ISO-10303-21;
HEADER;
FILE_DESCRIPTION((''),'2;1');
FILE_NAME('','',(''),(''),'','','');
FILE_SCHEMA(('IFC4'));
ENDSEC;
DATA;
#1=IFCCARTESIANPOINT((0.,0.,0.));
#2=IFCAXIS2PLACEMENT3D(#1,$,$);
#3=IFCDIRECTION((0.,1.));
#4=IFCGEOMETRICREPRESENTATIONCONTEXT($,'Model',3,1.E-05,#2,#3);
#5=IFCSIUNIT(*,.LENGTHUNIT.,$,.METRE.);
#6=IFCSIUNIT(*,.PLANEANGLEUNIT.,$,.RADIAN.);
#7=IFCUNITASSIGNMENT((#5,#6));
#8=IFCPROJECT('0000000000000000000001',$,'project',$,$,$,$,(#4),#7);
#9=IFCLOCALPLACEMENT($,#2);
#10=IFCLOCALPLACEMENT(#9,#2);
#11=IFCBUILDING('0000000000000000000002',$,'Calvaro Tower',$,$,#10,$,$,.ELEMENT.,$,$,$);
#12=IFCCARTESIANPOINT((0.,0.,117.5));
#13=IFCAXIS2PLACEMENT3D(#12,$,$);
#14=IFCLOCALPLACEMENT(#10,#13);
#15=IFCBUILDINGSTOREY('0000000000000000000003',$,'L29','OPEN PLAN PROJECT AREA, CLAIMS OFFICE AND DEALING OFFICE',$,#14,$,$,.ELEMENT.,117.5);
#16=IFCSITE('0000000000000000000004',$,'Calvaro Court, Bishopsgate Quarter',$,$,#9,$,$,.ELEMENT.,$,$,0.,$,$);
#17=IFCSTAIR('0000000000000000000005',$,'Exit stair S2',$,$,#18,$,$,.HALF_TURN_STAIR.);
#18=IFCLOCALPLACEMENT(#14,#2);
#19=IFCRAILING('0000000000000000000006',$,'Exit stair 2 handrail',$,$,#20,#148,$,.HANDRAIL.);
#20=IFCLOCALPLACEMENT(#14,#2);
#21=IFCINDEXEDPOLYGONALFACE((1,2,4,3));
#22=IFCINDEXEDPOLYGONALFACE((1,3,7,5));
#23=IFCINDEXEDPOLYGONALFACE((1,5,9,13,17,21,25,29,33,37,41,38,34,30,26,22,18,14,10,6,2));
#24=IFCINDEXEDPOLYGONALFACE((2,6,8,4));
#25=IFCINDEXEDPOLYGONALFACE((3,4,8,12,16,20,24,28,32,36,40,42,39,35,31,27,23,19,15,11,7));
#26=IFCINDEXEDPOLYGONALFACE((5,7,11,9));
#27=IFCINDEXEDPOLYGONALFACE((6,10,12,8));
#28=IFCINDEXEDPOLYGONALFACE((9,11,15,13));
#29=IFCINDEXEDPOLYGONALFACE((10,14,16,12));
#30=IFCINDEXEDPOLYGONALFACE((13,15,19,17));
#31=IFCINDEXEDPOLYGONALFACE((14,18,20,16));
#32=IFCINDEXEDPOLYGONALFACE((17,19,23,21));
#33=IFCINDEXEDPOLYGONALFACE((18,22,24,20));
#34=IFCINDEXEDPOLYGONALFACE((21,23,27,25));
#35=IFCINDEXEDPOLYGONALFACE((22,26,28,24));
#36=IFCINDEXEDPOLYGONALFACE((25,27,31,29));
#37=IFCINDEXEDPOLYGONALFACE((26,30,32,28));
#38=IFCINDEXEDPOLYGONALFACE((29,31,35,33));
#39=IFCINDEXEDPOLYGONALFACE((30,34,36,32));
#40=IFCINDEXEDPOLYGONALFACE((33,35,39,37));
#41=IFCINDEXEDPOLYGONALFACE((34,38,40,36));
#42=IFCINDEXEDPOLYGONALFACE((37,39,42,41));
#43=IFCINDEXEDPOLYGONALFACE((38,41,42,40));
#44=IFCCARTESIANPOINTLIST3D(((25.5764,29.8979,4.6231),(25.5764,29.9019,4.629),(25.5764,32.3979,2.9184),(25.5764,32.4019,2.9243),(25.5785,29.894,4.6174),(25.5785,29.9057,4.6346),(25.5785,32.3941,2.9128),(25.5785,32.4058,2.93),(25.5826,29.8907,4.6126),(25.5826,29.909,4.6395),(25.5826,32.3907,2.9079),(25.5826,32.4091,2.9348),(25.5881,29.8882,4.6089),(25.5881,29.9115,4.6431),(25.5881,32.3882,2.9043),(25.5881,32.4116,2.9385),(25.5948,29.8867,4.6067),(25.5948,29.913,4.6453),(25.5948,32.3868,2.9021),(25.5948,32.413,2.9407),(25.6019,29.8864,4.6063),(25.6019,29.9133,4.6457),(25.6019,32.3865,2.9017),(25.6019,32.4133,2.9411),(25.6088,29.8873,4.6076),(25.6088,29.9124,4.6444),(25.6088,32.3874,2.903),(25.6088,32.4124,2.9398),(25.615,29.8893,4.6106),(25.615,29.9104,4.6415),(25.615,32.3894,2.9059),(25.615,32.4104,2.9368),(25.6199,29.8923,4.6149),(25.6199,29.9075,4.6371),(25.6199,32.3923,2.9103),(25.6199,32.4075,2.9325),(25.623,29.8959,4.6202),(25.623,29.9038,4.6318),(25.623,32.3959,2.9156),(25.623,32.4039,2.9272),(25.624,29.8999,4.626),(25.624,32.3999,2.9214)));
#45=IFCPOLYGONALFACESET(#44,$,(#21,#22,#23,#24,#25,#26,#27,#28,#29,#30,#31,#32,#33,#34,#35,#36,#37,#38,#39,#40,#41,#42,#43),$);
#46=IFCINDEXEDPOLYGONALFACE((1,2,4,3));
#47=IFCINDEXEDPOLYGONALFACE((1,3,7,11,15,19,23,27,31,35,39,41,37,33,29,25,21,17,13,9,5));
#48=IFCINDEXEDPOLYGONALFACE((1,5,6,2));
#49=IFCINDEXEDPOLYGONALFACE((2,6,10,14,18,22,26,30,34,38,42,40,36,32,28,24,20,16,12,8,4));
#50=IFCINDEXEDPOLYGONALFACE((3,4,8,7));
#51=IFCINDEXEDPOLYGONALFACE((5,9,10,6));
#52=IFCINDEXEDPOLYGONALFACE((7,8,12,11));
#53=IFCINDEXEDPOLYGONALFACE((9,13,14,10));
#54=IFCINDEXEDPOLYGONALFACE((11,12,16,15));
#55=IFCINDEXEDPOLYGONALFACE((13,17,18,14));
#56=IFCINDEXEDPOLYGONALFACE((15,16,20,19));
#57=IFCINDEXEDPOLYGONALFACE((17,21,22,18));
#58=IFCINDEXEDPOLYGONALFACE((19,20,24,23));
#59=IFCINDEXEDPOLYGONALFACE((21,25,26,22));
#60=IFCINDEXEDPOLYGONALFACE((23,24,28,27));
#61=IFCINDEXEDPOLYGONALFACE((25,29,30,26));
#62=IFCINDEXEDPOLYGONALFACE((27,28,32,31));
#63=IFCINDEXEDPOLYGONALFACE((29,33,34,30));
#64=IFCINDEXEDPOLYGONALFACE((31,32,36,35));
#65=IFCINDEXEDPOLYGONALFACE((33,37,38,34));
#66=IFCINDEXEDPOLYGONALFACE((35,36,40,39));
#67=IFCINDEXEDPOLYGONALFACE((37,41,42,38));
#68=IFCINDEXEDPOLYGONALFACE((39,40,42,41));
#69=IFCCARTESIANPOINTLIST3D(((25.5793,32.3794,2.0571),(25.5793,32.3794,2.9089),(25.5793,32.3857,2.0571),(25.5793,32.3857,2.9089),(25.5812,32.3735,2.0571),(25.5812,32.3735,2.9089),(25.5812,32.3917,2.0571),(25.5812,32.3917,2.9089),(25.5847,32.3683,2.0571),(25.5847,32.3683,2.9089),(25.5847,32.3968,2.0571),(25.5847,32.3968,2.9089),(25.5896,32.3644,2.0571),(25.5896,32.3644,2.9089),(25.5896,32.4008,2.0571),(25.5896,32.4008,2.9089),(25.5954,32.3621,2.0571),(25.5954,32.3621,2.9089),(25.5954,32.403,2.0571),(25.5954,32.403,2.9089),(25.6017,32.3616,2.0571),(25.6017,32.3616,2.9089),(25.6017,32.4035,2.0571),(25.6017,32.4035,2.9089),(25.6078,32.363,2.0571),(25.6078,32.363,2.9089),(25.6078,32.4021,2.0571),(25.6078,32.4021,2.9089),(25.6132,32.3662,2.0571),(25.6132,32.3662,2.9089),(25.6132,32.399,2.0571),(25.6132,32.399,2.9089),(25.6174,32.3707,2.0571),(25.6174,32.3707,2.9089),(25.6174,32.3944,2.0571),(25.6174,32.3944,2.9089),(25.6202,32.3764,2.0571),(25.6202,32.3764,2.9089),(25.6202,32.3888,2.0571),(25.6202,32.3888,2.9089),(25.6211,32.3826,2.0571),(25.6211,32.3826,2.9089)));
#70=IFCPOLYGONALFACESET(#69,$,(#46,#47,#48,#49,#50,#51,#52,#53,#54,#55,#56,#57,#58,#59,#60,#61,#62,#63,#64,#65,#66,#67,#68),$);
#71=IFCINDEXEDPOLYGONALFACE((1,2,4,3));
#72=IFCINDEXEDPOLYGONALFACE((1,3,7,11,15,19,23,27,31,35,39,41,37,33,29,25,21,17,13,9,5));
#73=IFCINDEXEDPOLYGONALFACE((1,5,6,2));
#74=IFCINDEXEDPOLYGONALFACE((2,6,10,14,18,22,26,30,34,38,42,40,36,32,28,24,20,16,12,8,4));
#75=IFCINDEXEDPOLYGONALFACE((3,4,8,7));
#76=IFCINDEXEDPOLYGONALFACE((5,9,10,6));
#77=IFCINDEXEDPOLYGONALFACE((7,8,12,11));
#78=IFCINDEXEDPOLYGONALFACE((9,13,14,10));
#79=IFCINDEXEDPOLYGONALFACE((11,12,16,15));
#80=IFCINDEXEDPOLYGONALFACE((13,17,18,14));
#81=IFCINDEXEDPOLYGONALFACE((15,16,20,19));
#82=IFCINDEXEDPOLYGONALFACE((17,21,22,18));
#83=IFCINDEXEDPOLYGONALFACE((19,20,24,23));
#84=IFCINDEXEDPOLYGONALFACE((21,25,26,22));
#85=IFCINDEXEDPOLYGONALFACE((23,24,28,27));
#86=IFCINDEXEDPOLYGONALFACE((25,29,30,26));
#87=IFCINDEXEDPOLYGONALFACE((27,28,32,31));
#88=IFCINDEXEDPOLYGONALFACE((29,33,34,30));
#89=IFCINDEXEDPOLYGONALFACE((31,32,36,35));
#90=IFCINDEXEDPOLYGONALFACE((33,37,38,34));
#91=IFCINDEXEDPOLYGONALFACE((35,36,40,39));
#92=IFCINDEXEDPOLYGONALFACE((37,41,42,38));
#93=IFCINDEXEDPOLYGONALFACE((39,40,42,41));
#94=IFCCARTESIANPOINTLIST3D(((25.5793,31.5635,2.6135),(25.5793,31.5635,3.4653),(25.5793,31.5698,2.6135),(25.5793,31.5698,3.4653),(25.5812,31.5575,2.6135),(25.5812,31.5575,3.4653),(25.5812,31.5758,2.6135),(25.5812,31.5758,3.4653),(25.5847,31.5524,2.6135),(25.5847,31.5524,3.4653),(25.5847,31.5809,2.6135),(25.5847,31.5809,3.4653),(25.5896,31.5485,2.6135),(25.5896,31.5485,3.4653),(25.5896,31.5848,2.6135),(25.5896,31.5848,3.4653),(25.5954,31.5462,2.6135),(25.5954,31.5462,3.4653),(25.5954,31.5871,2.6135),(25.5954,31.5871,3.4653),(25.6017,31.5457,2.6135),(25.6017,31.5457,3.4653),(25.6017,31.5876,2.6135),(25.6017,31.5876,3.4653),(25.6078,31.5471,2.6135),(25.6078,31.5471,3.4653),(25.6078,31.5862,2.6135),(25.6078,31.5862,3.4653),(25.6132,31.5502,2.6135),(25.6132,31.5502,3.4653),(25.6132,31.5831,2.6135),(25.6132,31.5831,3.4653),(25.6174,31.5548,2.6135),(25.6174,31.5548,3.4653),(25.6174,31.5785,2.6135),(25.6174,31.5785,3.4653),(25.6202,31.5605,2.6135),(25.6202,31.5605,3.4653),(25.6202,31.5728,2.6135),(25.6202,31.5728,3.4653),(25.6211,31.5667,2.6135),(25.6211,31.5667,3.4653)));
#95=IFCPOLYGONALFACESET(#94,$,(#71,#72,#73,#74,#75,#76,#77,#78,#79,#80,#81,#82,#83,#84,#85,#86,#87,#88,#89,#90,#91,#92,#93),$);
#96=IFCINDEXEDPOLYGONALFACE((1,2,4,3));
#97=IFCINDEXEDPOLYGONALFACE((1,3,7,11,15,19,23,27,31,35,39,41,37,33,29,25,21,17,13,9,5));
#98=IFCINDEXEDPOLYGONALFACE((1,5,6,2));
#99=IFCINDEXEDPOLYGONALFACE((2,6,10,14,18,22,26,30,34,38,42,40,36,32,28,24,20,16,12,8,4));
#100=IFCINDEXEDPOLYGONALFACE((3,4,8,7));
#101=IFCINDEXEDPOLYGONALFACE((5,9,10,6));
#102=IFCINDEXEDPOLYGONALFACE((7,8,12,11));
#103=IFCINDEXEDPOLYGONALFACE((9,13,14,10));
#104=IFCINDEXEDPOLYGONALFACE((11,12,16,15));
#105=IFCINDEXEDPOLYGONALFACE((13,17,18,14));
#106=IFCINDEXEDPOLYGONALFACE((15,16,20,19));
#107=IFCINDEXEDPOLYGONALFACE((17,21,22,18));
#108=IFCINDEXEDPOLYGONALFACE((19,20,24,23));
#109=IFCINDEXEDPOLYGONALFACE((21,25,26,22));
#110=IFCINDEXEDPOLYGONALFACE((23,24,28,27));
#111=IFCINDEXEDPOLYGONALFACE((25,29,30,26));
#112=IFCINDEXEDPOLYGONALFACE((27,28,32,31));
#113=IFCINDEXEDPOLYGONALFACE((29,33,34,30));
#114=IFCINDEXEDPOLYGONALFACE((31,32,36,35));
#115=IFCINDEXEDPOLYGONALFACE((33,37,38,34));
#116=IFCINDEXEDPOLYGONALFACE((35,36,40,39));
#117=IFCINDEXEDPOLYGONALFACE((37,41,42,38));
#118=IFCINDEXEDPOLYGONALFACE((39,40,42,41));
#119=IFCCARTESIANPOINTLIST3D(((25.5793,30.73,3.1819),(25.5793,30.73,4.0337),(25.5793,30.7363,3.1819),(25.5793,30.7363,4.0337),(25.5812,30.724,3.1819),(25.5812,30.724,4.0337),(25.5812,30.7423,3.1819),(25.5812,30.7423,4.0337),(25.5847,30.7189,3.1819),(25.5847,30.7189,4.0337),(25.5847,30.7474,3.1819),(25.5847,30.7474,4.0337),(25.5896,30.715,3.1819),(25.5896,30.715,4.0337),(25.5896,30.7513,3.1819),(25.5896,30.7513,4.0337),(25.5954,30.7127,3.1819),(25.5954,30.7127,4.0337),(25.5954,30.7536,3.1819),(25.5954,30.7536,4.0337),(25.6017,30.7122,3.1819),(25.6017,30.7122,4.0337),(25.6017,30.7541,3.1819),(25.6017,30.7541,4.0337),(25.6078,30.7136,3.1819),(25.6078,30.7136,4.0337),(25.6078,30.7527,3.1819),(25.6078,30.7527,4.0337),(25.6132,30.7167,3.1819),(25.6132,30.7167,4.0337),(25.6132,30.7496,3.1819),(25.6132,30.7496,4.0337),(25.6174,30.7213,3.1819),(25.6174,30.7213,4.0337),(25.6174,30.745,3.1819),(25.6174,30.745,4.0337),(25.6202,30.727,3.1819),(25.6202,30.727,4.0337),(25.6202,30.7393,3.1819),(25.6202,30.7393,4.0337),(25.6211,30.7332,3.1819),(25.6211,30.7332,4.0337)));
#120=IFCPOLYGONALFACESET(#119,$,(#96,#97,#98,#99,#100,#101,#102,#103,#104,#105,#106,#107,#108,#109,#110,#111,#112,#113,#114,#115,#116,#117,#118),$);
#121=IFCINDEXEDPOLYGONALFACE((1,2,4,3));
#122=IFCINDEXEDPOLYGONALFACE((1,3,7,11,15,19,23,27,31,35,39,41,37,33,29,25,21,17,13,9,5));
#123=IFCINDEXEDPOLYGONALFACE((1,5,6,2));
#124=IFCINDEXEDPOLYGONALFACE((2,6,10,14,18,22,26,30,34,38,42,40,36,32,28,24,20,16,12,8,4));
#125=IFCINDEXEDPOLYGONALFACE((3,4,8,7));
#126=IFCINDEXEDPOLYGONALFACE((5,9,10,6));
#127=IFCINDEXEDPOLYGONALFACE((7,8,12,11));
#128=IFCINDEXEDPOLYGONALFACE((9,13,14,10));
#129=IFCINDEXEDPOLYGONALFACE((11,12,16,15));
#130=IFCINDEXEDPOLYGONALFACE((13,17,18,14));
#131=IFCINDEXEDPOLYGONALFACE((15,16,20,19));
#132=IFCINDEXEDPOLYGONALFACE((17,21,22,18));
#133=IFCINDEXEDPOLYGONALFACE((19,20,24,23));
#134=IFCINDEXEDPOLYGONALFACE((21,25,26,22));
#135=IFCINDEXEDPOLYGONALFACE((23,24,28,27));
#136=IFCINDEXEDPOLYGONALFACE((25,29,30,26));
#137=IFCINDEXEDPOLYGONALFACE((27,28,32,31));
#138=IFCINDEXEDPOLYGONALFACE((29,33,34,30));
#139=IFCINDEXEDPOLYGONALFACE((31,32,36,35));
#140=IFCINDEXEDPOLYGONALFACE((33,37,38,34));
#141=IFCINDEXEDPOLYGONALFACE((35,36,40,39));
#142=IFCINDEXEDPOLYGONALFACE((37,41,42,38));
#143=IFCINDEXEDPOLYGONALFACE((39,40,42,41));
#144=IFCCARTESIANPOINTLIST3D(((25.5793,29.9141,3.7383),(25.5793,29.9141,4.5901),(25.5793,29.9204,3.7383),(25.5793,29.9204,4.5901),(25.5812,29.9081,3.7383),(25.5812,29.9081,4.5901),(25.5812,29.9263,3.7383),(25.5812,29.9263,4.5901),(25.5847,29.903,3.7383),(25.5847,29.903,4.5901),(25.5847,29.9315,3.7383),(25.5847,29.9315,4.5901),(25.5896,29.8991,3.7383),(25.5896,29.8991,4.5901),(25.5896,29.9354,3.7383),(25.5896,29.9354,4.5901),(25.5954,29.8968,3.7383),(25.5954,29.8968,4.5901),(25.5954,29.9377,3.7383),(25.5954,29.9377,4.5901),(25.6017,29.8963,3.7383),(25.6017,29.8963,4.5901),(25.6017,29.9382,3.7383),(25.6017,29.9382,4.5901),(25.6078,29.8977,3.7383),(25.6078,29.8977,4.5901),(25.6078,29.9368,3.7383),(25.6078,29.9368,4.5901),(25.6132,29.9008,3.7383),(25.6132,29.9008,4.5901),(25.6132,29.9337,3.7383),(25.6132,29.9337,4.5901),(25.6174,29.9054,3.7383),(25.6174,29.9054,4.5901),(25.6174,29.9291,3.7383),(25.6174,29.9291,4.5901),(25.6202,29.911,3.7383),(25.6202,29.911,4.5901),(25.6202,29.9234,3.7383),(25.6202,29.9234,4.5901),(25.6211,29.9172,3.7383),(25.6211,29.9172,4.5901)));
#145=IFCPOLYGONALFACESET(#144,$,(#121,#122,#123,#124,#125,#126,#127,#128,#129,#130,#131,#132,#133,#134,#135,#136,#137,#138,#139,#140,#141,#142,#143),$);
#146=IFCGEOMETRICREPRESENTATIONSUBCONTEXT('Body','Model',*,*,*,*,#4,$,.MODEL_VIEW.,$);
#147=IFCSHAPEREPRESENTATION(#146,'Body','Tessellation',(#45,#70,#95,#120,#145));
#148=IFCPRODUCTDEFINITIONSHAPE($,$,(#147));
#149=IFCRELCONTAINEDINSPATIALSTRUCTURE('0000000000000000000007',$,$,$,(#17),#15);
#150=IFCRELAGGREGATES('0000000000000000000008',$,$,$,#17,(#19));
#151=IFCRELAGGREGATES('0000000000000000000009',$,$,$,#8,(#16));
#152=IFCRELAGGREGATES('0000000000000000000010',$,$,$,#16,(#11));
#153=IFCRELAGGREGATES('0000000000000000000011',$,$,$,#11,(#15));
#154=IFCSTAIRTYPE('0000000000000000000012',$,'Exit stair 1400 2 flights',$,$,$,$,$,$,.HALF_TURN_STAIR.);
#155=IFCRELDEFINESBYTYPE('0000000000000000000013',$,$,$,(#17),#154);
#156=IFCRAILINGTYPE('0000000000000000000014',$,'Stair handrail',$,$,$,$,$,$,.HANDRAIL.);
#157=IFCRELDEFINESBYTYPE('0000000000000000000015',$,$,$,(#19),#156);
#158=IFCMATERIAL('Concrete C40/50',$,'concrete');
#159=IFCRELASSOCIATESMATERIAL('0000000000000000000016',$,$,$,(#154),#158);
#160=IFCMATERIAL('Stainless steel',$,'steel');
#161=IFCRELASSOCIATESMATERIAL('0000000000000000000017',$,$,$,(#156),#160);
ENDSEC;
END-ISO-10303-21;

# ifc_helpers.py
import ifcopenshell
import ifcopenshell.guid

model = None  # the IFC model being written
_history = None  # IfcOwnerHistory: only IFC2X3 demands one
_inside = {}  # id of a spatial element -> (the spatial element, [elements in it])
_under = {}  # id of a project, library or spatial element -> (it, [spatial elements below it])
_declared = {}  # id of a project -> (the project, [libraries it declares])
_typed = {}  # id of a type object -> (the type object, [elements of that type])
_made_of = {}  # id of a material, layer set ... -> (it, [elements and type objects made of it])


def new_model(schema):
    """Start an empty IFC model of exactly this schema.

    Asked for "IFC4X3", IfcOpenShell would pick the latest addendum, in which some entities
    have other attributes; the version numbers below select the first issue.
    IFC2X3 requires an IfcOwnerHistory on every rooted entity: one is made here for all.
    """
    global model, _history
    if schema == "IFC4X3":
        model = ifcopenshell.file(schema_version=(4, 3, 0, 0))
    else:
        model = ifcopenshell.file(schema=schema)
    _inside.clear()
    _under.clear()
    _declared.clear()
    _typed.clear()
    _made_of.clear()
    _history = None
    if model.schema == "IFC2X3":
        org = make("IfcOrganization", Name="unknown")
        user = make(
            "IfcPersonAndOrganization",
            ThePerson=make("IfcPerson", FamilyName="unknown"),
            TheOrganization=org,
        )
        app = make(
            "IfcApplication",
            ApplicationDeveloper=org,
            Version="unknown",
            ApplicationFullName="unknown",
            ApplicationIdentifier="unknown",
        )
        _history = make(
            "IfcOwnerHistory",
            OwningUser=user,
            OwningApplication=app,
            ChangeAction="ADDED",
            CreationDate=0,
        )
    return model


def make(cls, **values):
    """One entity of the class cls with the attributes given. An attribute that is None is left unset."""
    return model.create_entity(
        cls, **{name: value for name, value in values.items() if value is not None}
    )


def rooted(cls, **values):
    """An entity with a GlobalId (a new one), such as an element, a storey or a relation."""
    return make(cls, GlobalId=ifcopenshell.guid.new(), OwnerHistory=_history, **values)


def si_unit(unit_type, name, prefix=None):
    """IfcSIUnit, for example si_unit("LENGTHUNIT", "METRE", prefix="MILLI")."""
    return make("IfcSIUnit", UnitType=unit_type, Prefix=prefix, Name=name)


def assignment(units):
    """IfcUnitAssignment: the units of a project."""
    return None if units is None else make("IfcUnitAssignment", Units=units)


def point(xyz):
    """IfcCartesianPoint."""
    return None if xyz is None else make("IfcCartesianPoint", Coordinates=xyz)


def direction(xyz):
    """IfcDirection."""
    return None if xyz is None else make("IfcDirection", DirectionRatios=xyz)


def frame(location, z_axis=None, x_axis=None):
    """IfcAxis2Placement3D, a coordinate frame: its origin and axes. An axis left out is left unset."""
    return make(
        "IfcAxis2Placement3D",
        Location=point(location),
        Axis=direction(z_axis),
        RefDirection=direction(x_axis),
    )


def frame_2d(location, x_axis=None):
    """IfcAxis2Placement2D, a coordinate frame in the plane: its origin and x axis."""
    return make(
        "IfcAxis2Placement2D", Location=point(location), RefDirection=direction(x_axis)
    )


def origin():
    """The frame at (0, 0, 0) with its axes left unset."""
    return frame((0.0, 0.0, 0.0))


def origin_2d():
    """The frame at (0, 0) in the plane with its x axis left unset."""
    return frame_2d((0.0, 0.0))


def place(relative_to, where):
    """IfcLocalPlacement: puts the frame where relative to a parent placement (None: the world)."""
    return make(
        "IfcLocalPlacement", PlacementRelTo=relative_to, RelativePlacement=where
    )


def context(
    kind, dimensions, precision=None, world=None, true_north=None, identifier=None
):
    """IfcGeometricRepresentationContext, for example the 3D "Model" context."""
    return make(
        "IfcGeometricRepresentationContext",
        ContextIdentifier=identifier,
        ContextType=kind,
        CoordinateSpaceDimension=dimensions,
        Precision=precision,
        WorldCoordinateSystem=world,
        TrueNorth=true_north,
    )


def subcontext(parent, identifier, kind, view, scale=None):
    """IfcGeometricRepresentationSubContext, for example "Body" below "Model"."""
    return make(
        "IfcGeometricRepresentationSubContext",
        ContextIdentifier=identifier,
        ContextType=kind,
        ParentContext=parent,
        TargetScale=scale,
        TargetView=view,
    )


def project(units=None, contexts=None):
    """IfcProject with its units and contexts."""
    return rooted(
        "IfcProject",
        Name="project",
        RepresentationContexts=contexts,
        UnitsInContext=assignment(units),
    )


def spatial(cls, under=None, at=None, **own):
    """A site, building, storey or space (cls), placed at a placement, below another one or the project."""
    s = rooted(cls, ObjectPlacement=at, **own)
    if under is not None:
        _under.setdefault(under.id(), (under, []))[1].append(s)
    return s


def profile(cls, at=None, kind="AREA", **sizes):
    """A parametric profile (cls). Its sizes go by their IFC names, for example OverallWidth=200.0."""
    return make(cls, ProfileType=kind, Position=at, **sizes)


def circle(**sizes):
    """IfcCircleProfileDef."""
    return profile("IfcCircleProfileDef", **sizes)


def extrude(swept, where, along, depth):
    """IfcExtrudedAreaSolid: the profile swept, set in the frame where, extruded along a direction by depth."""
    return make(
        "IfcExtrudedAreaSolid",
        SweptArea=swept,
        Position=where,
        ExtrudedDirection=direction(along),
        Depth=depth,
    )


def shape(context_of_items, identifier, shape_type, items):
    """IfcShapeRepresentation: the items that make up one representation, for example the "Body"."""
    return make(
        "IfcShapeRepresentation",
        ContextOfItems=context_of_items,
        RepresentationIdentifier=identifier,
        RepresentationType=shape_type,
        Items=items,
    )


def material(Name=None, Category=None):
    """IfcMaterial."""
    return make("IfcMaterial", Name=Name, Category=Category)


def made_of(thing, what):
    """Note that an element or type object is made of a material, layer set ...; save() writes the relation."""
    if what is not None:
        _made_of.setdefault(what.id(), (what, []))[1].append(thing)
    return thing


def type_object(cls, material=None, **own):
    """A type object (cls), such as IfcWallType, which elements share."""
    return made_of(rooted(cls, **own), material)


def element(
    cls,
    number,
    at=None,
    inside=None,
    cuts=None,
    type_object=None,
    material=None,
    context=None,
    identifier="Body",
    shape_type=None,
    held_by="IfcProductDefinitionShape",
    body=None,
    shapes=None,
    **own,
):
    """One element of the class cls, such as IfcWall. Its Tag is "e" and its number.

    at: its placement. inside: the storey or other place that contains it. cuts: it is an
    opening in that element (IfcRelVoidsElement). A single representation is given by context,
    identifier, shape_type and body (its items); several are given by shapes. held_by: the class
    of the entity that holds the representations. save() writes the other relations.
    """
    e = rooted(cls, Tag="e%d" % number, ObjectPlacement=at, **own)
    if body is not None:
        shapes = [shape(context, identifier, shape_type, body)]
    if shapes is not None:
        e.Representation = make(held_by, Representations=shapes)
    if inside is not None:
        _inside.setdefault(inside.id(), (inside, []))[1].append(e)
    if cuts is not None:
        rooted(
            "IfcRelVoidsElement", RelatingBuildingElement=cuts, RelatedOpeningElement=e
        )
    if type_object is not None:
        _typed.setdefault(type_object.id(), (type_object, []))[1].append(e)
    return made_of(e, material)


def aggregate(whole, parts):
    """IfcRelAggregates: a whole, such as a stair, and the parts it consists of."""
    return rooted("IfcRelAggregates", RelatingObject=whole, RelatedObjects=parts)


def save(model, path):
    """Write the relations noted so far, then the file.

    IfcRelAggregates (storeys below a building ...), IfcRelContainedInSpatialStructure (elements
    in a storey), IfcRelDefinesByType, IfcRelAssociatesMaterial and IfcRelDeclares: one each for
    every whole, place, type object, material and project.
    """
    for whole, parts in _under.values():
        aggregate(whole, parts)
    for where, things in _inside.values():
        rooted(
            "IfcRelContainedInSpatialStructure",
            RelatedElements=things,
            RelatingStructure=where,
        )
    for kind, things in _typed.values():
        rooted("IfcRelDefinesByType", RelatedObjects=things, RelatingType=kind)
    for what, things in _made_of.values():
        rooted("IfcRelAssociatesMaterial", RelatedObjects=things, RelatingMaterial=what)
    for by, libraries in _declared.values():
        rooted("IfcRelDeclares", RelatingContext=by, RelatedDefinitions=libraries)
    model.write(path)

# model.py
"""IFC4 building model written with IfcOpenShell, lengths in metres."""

from ifc_helpers import new_model, si_unit, direction, frame, origin, origin_2d, place, context, subcontext, project, spatial, circle, extrude, material, type_object, element, aggregate, save


model = new_model("IFC4")

# Units and contexts
model_context = context("Model", 3, precision=1e-05, world=origin(), true_north=direction((0.0, 1.0)))
body_context = subcontext(model_context, "Body", "Model", "MODEL_VIEW")
ifc_project = project(units=[si_unit("LENGTHUNIT", "METRE"), si_unit("PLANEANGLEUNIT", "RADIAN")], contexts=[model_context])

# Site, building, storey
site_placement = place(None, origin())
site = spatial("IfcSite", under=ifc_project, at=site_placement, Name="Calvaro Court, Bishopsgate Quarter", CompositionType="ELEMENT", RefElevation=0.0)
building_placement = place(site_placement, origin())
building = spatial("IfcBuilding", under=site, at=building_placement, Name="Calvaro Tower", CompositionType="ELEMENT")
storey_placement = place(building_placement, frame((0.0, 0.0, 117.5)))
storey = spatial("IfcBuildingStorey", under=building, at=storey_placement, Name="L29", Description="OPEN PLAN PROJECT AREA, CLAIMS OFFICE AND DEALING OFFICE", CompositionType="ELEMENT", Elevation=117.5)

# Stair, railing
ifc_material_1 = material(Name="Concrete C40/50", Category="concrete")
stair_type = type_object("IfcStairType", Name="Exit stair 1400 2 flights", PredefinedType="HALF_TURN_STAIR", material=ifc_material_1)
stair_placement = place(storey_placement, origin())
stair = element("IfcStair", 1, at=stair_placement, inside=storey, type_object=stair_type, Name="Exit stair S2", PredefinedType="HALF_TURN_STAIR")
ifc_material_2 = material(Name="Stainless steel", Category="steel")
railing_type = type_object("IfcRailingType", Name="Stair handrail", PredefinedType="HANDRAIL", material=ifc_material_2)
railing_1_placement = place(storey_placement, frame((25.6001, 32.3999, 2.0454)))
railing_1 = element("IfcRailing", 2, at=railing_1_placement, type_object=railing_type, Name="Exit stair 2 handrail", PredefinedType="HANDRAIL", context=body_context, shape_type="SweptSolid", body=[
    extrude(circle(Radius=0.0239, at=origin_2d()), frame((0.0, 0.0, 0.876), z_axis=(0.0, -0.826221, 0.563347), x_axis=(1.0, 0.0, 0.0)), (0.0, 0.0, 1.0), 3.0259),
    extrude(circle(Radius=0.021, at=origin_2d()), frame((0.0, -0.0173, 0.0117)), (0.0, 0.0, 1.0), 0.8518),
    extrude(circle(Radius=0.021, at=origin_2d()), frame((0.0, -0.8333, 0.5681)), (0.0, 0.0, 1.0), 0.8518),
    extrude(circle(Radius=0.021, at=origin_2d()), frame((0.0, -1.6667, 1.1365)), (0.0, 0.0, 1.0), 0.8518),
    extrude(circle(Radius=0.021, at=origin_2d()), frame((0.0, -2.4827, 1.6929)), (0.0, 0.0, 1.0), 0.8518),
])
aggregate(stair, [railing_1])

save(model, "model.ifc")
